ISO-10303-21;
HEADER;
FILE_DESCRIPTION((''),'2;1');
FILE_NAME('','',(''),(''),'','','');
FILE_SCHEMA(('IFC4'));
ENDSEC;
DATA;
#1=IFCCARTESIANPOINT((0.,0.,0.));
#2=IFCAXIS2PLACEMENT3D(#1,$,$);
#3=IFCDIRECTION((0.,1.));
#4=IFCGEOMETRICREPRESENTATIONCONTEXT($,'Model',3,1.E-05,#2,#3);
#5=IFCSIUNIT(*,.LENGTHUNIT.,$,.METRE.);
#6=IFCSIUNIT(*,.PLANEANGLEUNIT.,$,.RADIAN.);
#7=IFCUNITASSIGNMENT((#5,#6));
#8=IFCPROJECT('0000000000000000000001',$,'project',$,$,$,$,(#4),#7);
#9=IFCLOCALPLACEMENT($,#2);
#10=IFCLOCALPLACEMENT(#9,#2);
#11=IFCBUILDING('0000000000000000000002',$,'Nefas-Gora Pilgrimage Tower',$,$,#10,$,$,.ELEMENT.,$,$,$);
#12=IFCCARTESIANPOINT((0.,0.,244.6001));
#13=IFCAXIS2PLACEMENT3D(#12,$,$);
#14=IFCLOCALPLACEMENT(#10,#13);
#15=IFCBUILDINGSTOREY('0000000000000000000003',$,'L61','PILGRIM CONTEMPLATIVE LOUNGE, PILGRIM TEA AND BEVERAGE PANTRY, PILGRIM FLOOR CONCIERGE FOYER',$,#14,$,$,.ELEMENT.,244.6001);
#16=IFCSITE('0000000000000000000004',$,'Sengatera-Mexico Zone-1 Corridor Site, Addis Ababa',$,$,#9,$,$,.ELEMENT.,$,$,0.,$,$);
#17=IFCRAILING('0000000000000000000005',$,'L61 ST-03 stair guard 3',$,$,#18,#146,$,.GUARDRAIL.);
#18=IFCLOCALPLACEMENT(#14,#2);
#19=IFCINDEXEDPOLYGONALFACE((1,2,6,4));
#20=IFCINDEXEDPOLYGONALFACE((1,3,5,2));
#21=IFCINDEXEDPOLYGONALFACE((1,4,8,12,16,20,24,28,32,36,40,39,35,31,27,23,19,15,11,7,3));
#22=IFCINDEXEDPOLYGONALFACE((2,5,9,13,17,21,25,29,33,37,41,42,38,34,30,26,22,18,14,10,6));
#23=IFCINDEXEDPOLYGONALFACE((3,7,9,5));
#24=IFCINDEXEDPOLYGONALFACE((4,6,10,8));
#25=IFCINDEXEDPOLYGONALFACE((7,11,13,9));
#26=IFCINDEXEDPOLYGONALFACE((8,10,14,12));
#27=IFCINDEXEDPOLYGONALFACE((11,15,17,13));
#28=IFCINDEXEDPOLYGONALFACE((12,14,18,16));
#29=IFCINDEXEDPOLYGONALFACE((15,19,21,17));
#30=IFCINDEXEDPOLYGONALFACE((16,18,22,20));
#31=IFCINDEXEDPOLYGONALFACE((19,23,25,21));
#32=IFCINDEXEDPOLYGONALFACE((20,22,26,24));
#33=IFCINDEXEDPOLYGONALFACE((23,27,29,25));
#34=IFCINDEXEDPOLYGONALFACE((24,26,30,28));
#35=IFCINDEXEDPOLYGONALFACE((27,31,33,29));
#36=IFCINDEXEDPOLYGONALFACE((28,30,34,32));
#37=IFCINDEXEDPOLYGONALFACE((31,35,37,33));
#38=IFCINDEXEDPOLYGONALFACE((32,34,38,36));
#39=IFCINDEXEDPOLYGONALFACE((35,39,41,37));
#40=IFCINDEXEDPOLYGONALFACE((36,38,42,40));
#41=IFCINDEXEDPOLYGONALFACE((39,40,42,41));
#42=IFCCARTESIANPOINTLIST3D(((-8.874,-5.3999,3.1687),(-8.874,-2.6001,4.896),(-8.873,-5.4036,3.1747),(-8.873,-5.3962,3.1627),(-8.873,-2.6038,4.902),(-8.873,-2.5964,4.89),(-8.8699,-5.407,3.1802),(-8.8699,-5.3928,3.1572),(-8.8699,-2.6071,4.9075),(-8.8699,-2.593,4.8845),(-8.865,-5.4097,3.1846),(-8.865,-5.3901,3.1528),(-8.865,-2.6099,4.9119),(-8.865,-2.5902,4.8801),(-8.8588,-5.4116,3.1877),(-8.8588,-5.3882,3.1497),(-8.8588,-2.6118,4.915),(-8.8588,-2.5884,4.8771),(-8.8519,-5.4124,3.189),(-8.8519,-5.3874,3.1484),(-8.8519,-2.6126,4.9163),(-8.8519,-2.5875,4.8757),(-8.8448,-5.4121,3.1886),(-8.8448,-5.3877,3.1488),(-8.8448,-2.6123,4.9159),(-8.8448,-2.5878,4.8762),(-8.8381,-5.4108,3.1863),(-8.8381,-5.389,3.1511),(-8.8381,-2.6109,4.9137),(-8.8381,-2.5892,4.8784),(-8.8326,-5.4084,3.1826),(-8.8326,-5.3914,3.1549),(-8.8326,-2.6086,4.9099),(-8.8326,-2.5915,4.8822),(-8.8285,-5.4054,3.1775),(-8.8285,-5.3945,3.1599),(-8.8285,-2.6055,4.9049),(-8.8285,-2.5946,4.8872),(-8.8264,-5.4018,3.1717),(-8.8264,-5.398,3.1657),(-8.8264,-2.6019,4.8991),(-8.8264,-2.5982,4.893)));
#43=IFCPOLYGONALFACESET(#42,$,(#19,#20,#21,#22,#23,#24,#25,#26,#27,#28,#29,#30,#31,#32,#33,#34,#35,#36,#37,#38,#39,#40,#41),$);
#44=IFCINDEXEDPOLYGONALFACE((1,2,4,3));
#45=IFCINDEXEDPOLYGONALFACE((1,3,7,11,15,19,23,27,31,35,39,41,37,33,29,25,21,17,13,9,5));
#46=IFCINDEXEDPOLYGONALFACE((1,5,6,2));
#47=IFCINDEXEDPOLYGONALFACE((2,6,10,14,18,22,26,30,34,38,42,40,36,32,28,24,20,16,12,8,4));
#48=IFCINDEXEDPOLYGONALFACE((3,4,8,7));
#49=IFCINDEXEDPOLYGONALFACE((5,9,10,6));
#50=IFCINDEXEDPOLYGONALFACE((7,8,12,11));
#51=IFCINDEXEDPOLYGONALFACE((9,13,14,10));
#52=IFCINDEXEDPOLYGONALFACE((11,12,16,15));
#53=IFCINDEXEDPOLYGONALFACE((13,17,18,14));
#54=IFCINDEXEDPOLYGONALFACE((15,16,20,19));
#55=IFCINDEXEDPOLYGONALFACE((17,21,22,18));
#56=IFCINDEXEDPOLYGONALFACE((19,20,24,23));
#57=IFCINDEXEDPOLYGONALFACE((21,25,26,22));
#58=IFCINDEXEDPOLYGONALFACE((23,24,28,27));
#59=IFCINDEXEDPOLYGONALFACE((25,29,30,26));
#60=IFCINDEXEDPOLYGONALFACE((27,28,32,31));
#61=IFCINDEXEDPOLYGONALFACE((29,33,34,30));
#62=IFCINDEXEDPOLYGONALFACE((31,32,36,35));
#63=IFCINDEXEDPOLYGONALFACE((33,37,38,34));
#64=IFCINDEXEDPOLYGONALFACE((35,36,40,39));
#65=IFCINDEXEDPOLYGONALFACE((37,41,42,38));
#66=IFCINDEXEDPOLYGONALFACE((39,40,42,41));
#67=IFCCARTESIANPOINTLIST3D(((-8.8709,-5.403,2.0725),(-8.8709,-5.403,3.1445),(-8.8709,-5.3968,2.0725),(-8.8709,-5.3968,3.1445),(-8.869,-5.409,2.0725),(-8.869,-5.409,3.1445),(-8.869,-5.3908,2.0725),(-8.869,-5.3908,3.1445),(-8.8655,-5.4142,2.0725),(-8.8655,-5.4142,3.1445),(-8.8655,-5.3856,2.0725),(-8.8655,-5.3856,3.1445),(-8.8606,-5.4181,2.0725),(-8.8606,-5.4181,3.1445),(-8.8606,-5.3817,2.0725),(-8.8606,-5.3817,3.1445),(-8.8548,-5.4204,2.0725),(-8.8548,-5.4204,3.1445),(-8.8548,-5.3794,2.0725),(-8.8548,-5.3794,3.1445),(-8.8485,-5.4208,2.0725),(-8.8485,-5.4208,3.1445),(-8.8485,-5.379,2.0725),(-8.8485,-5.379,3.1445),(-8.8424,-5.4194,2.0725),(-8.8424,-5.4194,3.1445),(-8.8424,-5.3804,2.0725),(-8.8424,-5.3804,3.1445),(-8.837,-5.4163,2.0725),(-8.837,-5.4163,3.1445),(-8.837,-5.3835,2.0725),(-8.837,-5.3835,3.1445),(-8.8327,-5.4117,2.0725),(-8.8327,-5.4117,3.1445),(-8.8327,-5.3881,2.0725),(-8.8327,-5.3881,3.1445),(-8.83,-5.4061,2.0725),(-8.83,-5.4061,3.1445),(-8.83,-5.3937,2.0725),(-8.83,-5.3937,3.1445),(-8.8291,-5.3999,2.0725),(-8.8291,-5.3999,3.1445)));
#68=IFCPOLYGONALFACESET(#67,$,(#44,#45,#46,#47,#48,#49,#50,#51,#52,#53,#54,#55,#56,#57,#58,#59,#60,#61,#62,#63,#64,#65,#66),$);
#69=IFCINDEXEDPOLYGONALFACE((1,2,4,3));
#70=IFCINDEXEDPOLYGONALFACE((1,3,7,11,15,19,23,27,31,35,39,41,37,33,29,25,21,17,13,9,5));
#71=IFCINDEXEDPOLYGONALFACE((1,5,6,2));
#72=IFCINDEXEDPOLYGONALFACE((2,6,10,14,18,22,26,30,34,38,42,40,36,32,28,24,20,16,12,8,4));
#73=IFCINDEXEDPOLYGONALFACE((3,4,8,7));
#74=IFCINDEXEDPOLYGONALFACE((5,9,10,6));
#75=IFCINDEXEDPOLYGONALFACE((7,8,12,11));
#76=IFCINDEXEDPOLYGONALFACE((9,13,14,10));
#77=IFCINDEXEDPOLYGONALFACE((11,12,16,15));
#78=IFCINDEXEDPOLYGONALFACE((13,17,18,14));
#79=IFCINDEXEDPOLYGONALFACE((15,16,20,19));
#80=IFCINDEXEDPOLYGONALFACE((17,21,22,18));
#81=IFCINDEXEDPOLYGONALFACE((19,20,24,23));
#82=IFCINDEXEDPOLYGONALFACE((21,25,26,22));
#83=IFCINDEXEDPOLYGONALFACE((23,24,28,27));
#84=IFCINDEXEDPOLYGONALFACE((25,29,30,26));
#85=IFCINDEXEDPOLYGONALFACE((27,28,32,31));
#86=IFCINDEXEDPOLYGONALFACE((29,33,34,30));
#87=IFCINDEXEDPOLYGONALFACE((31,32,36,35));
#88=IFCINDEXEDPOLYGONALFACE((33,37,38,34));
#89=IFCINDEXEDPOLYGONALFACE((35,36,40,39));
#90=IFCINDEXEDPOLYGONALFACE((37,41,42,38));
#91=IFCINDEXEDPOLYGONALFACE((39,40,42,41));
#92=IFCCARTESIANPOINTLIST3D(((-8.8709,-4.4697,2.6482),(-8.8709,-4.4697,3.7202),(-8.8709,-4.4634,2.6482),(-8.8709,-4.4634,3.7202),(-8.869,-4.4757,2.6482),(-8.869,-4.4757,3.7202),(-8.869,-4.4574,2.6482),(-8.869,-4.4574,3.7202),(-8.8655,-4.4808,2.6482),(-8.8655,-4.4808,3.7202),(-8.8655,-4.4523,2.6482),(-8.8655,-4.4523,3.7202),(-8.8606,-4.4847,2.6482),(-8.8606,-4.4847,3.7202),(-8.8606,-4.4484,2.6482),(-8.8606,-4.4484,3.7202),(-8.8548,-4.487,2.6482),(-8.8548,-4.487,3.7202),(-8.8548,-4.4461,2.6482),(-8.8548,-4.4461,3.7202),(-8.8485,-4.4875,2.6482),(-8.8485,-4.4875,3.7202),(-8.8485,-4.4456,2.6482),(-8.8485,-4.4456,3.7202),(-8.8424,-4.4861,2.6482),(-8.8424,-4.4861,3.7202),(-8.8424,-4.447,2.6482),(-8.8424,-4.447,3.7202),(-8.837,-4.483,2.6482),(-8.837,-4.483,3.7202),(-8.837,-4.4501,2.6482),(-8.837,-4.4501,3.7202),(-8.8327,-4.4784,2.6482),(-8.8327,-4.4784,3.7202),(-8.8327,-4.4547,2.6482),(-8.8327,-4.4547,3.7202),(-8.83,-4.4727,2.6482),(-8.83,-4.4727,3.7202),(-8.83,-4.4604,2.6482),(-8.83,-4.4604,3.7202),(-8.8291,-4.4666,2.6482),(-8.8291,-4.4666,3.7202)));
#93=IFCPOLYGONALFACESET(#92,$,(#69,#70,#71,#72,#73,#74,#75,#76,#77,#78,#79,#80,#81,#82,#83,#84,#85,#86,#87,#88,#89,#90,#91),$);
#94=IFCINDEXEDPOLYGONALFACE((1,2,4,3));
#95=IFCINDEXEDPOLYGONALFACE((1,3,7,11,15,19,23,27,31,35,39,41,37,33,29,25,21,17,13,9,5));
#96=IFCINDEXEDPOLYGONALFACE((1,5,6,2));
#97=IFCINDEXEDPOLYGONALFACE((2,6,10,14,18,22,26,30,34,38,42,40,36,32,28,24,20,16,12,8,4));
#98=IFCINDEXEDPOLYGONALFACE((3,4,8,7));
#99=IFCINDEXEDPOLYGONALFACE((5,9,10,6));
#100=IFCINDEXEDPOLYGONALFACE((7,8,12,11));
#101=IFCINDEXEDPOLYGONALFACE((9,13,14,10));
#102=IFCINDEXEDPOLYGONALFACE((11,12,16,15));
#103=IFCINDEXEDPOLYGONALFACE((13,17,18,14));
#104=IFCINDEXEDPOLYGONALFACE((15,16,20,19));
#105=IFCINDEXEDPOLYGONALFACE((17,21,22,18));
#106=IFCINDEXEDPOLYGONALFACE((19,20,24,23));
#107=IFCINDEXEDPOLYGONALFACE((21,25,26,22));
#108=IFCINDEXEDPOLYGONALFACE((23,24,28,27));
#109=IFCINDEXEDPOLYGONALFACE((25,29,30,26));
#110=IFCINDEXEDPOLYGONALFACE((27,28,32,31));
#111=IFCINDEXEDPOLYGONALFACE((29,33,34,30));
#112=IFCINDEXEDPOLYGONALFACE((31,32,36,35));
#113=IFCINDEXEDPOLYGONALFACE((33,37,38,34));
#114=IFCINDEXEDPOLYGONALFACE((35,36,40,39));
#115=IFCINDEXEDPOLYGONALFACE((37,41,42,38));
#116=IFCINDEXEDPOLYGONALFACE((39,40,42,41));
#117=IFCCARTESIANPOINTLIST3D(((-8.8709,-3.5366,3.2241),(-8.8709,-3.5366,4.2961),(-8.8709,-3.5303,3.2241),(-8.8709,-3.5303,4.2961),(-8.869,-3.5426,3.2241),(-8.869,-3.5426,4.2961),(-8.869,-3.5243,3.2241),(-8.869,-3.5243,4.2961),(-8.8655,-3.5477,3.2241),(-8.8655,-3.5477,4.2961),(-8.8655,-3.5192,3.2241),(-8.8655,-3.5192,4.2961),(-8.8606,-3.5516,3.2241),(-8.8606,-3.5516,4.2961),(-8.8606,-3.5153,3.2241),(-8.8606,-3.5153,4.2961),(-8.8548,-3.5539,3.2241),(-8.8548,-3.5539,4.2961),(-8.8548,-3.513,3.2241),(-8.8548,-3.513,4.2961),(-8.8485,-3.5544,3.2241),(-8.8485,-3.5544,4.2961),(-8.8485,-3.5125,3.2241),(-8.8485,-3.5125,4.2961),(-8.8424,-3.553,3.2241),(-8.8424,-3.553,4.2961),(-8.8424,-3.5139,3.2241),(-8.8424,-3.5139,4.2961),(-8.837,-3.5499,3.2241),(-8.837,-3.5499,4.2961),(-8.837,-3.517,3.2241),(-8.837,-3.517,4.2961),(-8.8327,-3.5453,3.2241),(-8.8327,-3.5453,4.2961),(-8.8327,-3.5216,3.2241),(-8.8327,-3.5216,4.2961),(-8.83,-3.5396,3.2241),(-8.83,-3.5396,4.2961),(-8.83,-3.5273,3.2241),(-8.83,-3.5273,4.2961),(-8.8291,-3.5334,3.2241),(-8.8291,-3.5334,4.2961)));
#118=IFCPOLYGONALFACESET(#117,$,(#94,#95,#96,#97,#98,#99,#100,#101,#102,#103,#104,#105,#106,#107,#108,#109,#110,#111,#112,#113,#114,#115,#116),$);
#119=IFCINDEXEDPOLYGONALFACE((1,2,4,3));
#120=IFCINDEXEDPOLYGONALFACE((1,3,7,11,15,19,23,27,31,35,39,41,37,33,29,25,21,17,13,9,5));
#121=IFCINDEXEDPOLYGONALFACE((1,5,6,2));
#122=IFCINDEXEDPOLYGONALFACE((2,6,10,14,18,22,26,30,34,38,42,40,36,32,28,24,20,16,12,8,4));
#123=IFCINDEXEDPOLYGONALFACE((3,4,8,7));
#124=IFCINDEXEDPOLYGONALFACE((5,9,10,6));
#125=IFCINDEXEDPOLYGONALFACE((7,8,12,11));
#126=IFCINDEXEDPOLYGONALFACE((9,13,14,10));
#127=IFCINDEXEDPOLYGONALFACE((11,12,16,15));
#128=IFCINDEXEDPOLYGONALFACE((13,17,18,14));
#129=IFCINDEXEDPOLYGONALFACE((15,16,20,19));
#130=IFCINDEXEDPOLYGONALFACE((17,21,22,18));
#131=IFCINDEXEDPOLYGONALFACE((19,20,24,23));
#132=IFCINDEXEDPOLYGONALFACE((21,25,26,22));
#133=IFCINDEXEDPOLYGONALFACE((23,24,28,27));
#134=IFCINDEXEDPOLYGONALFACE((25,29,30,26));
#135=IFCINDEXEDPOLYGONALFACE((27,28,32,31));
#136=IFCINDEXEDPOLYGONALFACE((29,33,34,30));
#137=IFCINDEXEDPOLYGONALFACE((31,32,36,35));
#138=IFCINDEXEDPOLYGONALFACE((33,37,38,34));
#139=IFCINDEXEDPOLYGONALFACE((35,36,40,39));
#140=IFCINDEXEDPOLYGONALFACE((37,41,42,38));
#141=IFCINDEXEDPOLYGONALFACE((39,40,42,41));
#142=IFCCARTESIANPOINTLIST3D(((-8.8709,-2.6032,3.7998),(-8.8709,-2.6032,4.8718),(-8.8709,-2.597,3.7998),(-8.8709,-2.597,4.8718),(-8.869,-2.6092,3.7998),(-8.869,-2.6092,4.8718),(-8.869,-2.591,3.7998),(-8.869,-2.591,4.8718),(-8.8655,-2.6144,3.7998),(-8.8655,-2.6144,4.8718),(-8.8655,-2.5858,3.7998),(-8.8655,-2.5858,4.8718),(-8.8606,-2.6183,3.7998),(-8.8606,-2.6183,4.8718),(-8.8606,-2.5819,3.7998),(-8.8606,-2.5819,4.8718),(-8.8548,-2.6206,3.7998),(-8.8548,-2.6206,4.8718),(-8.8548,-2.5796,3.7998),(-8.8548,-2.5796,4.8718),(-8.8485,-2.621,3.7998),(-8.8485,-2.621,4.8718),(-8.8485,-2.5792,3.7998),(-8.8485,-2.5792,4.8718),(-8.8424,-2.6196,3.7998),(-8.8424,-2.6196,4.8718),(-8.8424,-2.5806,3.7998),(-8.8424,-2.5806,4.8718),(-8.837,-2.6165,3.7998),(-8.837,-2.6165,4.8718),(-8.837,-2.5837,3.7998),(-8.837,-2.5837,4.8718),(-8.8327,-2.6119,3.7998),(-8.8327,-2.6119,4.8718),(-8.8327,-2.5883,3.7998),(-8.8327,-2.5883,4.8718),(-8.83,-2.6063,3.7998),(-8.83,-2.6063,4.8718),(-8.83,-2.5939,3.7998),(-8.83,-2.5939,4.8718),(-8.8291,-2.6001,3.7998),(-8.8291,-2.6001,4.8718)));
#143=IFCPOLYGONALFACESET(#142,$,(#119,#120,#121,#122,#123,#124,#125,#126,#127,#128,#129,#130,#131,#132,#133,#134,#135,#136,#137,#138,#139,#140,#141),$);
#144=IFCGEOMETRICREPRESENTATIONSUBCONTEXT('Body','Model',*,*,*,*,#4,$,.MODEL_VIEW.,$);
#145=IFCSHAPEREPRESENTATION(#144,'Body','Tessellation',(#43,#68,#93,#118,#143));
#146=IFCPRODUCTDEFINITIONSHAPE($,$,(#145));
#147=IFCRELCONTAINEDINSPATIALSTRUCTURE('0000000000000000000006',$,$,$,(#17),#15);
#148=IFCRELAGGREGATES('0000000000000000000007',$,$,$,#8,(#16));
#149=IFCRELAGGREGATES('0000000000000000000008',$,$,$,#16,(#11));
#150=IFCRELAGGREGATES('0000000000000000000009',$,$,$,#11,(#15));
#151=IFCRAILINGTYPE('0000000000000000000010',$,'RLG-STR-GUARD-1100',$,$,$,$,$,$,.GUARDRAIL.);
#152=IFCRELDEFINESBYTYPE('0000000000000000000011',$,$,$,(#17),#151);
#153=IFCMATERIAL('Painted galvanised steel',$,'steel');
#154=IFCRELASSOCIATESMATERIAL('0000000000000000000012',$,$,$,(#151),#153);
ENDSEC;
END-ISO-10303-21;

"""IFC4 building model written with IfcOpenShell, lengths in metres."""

from ifc_helpers import new_model, si_unit, direction, frame, origin, origin_2d, place, context, subcontext, project, spatial, circle, extrude, material, type_object, element, save


model = new_model("IFC4")

# Units and contexts
model_context = context("Model", 3, precision=1e-05, world=origin(), true_north=direction((0.0, 1.0)))
body_context = subcontext(model_context, "Body", "Model", "MODEL_VIEW")
ifc_project = project(units=[si_unit("LENGTHUNIT", "METRE"), si_unit("PLANEANGLEUNIT", "RADIAN")], contexts=[model_context])

# Site, building, storey
site_placement = place(None, origin())
site = spatial("IfcSite", under=ifc_project, at=site_placement, Name="Sengatera-Mexico Zone-1 Corridor Site, Addis Ababa", CompositionType="ELEMENT", RefElevation=0.0)
building_placement = place(site_placement, origin())
building = spatial("IfcBuilding", under=site, at=building_placement, Name="Nefas-Gora Pilgrimage Tower", CompositionType="ELEMENT")
storey_placement = place(building_placement, frame((0.0, 0.0, 244.6001)))
storey = spatial("IfcBuildingStorey", under=building, at=storey_placement, Name="L61", Description="PILGRIM CONTEMPLATIVE LOUNGE, PILGRIM TEA AND BEVERAGE PANTRY, PILGRIM FLOOR CONCIERGE FOYER", CompositionType="ELEMENT", Elevation=244.6001)

# Railing
ifc_material_1 = material(Name="Painted galvanised steel", Category="steel")
railing_type_1 = type_object("IfcRailingType", Name="RLG-STR-GUARD-1100", PredefinedType="GUARDRAIL", material=ifc_material_1)
railing_1_placement = place(storey_placement, frame((-8.8501, -5.3999, 2.0725)))
element("IfcRailing", 1, at=railing_1_placement, inside=storey, type_object=railing_type_1, Name="L61 ST-03 stair guard 3", PredefinedType="GUARDRAIL", context=body_context, shape_type="SweptSolid", body=[
    extrude(circle(Radius=0.0239, at=origin_2d()), frame((0.0, 0.0, 1.0962), z_axis=(0.0, 0.851069, 0.525054), x_axis=(-1.0, 0.0, 0.0)), (0.0, 0.0, 1.0), 3.2898),
    extrude(circle(Radius=0.021, at=origin_2d()), origin(), (0.0, 0.0, 1.0), 1.072),
    extrude(circle(Radius=0.021, at=origin_2d()), frame((0.0, 0.9333, 0.5757)), (0.0, 0.0, 1.0), 1.072),
    extrude(circle(Radius=0.021, at=origin_2d()), frame((0.0, 1.8665, 1.1516)), (0.0, 0.0, 1.0), 1.072),
    extrude(circle(Radius=0.021, at=origin_2d()), frame((0.0, 2.7998, 1.7273)), (0.0, 0.0, 1.0), 1.072),
])

save(model, "model.ifc")
